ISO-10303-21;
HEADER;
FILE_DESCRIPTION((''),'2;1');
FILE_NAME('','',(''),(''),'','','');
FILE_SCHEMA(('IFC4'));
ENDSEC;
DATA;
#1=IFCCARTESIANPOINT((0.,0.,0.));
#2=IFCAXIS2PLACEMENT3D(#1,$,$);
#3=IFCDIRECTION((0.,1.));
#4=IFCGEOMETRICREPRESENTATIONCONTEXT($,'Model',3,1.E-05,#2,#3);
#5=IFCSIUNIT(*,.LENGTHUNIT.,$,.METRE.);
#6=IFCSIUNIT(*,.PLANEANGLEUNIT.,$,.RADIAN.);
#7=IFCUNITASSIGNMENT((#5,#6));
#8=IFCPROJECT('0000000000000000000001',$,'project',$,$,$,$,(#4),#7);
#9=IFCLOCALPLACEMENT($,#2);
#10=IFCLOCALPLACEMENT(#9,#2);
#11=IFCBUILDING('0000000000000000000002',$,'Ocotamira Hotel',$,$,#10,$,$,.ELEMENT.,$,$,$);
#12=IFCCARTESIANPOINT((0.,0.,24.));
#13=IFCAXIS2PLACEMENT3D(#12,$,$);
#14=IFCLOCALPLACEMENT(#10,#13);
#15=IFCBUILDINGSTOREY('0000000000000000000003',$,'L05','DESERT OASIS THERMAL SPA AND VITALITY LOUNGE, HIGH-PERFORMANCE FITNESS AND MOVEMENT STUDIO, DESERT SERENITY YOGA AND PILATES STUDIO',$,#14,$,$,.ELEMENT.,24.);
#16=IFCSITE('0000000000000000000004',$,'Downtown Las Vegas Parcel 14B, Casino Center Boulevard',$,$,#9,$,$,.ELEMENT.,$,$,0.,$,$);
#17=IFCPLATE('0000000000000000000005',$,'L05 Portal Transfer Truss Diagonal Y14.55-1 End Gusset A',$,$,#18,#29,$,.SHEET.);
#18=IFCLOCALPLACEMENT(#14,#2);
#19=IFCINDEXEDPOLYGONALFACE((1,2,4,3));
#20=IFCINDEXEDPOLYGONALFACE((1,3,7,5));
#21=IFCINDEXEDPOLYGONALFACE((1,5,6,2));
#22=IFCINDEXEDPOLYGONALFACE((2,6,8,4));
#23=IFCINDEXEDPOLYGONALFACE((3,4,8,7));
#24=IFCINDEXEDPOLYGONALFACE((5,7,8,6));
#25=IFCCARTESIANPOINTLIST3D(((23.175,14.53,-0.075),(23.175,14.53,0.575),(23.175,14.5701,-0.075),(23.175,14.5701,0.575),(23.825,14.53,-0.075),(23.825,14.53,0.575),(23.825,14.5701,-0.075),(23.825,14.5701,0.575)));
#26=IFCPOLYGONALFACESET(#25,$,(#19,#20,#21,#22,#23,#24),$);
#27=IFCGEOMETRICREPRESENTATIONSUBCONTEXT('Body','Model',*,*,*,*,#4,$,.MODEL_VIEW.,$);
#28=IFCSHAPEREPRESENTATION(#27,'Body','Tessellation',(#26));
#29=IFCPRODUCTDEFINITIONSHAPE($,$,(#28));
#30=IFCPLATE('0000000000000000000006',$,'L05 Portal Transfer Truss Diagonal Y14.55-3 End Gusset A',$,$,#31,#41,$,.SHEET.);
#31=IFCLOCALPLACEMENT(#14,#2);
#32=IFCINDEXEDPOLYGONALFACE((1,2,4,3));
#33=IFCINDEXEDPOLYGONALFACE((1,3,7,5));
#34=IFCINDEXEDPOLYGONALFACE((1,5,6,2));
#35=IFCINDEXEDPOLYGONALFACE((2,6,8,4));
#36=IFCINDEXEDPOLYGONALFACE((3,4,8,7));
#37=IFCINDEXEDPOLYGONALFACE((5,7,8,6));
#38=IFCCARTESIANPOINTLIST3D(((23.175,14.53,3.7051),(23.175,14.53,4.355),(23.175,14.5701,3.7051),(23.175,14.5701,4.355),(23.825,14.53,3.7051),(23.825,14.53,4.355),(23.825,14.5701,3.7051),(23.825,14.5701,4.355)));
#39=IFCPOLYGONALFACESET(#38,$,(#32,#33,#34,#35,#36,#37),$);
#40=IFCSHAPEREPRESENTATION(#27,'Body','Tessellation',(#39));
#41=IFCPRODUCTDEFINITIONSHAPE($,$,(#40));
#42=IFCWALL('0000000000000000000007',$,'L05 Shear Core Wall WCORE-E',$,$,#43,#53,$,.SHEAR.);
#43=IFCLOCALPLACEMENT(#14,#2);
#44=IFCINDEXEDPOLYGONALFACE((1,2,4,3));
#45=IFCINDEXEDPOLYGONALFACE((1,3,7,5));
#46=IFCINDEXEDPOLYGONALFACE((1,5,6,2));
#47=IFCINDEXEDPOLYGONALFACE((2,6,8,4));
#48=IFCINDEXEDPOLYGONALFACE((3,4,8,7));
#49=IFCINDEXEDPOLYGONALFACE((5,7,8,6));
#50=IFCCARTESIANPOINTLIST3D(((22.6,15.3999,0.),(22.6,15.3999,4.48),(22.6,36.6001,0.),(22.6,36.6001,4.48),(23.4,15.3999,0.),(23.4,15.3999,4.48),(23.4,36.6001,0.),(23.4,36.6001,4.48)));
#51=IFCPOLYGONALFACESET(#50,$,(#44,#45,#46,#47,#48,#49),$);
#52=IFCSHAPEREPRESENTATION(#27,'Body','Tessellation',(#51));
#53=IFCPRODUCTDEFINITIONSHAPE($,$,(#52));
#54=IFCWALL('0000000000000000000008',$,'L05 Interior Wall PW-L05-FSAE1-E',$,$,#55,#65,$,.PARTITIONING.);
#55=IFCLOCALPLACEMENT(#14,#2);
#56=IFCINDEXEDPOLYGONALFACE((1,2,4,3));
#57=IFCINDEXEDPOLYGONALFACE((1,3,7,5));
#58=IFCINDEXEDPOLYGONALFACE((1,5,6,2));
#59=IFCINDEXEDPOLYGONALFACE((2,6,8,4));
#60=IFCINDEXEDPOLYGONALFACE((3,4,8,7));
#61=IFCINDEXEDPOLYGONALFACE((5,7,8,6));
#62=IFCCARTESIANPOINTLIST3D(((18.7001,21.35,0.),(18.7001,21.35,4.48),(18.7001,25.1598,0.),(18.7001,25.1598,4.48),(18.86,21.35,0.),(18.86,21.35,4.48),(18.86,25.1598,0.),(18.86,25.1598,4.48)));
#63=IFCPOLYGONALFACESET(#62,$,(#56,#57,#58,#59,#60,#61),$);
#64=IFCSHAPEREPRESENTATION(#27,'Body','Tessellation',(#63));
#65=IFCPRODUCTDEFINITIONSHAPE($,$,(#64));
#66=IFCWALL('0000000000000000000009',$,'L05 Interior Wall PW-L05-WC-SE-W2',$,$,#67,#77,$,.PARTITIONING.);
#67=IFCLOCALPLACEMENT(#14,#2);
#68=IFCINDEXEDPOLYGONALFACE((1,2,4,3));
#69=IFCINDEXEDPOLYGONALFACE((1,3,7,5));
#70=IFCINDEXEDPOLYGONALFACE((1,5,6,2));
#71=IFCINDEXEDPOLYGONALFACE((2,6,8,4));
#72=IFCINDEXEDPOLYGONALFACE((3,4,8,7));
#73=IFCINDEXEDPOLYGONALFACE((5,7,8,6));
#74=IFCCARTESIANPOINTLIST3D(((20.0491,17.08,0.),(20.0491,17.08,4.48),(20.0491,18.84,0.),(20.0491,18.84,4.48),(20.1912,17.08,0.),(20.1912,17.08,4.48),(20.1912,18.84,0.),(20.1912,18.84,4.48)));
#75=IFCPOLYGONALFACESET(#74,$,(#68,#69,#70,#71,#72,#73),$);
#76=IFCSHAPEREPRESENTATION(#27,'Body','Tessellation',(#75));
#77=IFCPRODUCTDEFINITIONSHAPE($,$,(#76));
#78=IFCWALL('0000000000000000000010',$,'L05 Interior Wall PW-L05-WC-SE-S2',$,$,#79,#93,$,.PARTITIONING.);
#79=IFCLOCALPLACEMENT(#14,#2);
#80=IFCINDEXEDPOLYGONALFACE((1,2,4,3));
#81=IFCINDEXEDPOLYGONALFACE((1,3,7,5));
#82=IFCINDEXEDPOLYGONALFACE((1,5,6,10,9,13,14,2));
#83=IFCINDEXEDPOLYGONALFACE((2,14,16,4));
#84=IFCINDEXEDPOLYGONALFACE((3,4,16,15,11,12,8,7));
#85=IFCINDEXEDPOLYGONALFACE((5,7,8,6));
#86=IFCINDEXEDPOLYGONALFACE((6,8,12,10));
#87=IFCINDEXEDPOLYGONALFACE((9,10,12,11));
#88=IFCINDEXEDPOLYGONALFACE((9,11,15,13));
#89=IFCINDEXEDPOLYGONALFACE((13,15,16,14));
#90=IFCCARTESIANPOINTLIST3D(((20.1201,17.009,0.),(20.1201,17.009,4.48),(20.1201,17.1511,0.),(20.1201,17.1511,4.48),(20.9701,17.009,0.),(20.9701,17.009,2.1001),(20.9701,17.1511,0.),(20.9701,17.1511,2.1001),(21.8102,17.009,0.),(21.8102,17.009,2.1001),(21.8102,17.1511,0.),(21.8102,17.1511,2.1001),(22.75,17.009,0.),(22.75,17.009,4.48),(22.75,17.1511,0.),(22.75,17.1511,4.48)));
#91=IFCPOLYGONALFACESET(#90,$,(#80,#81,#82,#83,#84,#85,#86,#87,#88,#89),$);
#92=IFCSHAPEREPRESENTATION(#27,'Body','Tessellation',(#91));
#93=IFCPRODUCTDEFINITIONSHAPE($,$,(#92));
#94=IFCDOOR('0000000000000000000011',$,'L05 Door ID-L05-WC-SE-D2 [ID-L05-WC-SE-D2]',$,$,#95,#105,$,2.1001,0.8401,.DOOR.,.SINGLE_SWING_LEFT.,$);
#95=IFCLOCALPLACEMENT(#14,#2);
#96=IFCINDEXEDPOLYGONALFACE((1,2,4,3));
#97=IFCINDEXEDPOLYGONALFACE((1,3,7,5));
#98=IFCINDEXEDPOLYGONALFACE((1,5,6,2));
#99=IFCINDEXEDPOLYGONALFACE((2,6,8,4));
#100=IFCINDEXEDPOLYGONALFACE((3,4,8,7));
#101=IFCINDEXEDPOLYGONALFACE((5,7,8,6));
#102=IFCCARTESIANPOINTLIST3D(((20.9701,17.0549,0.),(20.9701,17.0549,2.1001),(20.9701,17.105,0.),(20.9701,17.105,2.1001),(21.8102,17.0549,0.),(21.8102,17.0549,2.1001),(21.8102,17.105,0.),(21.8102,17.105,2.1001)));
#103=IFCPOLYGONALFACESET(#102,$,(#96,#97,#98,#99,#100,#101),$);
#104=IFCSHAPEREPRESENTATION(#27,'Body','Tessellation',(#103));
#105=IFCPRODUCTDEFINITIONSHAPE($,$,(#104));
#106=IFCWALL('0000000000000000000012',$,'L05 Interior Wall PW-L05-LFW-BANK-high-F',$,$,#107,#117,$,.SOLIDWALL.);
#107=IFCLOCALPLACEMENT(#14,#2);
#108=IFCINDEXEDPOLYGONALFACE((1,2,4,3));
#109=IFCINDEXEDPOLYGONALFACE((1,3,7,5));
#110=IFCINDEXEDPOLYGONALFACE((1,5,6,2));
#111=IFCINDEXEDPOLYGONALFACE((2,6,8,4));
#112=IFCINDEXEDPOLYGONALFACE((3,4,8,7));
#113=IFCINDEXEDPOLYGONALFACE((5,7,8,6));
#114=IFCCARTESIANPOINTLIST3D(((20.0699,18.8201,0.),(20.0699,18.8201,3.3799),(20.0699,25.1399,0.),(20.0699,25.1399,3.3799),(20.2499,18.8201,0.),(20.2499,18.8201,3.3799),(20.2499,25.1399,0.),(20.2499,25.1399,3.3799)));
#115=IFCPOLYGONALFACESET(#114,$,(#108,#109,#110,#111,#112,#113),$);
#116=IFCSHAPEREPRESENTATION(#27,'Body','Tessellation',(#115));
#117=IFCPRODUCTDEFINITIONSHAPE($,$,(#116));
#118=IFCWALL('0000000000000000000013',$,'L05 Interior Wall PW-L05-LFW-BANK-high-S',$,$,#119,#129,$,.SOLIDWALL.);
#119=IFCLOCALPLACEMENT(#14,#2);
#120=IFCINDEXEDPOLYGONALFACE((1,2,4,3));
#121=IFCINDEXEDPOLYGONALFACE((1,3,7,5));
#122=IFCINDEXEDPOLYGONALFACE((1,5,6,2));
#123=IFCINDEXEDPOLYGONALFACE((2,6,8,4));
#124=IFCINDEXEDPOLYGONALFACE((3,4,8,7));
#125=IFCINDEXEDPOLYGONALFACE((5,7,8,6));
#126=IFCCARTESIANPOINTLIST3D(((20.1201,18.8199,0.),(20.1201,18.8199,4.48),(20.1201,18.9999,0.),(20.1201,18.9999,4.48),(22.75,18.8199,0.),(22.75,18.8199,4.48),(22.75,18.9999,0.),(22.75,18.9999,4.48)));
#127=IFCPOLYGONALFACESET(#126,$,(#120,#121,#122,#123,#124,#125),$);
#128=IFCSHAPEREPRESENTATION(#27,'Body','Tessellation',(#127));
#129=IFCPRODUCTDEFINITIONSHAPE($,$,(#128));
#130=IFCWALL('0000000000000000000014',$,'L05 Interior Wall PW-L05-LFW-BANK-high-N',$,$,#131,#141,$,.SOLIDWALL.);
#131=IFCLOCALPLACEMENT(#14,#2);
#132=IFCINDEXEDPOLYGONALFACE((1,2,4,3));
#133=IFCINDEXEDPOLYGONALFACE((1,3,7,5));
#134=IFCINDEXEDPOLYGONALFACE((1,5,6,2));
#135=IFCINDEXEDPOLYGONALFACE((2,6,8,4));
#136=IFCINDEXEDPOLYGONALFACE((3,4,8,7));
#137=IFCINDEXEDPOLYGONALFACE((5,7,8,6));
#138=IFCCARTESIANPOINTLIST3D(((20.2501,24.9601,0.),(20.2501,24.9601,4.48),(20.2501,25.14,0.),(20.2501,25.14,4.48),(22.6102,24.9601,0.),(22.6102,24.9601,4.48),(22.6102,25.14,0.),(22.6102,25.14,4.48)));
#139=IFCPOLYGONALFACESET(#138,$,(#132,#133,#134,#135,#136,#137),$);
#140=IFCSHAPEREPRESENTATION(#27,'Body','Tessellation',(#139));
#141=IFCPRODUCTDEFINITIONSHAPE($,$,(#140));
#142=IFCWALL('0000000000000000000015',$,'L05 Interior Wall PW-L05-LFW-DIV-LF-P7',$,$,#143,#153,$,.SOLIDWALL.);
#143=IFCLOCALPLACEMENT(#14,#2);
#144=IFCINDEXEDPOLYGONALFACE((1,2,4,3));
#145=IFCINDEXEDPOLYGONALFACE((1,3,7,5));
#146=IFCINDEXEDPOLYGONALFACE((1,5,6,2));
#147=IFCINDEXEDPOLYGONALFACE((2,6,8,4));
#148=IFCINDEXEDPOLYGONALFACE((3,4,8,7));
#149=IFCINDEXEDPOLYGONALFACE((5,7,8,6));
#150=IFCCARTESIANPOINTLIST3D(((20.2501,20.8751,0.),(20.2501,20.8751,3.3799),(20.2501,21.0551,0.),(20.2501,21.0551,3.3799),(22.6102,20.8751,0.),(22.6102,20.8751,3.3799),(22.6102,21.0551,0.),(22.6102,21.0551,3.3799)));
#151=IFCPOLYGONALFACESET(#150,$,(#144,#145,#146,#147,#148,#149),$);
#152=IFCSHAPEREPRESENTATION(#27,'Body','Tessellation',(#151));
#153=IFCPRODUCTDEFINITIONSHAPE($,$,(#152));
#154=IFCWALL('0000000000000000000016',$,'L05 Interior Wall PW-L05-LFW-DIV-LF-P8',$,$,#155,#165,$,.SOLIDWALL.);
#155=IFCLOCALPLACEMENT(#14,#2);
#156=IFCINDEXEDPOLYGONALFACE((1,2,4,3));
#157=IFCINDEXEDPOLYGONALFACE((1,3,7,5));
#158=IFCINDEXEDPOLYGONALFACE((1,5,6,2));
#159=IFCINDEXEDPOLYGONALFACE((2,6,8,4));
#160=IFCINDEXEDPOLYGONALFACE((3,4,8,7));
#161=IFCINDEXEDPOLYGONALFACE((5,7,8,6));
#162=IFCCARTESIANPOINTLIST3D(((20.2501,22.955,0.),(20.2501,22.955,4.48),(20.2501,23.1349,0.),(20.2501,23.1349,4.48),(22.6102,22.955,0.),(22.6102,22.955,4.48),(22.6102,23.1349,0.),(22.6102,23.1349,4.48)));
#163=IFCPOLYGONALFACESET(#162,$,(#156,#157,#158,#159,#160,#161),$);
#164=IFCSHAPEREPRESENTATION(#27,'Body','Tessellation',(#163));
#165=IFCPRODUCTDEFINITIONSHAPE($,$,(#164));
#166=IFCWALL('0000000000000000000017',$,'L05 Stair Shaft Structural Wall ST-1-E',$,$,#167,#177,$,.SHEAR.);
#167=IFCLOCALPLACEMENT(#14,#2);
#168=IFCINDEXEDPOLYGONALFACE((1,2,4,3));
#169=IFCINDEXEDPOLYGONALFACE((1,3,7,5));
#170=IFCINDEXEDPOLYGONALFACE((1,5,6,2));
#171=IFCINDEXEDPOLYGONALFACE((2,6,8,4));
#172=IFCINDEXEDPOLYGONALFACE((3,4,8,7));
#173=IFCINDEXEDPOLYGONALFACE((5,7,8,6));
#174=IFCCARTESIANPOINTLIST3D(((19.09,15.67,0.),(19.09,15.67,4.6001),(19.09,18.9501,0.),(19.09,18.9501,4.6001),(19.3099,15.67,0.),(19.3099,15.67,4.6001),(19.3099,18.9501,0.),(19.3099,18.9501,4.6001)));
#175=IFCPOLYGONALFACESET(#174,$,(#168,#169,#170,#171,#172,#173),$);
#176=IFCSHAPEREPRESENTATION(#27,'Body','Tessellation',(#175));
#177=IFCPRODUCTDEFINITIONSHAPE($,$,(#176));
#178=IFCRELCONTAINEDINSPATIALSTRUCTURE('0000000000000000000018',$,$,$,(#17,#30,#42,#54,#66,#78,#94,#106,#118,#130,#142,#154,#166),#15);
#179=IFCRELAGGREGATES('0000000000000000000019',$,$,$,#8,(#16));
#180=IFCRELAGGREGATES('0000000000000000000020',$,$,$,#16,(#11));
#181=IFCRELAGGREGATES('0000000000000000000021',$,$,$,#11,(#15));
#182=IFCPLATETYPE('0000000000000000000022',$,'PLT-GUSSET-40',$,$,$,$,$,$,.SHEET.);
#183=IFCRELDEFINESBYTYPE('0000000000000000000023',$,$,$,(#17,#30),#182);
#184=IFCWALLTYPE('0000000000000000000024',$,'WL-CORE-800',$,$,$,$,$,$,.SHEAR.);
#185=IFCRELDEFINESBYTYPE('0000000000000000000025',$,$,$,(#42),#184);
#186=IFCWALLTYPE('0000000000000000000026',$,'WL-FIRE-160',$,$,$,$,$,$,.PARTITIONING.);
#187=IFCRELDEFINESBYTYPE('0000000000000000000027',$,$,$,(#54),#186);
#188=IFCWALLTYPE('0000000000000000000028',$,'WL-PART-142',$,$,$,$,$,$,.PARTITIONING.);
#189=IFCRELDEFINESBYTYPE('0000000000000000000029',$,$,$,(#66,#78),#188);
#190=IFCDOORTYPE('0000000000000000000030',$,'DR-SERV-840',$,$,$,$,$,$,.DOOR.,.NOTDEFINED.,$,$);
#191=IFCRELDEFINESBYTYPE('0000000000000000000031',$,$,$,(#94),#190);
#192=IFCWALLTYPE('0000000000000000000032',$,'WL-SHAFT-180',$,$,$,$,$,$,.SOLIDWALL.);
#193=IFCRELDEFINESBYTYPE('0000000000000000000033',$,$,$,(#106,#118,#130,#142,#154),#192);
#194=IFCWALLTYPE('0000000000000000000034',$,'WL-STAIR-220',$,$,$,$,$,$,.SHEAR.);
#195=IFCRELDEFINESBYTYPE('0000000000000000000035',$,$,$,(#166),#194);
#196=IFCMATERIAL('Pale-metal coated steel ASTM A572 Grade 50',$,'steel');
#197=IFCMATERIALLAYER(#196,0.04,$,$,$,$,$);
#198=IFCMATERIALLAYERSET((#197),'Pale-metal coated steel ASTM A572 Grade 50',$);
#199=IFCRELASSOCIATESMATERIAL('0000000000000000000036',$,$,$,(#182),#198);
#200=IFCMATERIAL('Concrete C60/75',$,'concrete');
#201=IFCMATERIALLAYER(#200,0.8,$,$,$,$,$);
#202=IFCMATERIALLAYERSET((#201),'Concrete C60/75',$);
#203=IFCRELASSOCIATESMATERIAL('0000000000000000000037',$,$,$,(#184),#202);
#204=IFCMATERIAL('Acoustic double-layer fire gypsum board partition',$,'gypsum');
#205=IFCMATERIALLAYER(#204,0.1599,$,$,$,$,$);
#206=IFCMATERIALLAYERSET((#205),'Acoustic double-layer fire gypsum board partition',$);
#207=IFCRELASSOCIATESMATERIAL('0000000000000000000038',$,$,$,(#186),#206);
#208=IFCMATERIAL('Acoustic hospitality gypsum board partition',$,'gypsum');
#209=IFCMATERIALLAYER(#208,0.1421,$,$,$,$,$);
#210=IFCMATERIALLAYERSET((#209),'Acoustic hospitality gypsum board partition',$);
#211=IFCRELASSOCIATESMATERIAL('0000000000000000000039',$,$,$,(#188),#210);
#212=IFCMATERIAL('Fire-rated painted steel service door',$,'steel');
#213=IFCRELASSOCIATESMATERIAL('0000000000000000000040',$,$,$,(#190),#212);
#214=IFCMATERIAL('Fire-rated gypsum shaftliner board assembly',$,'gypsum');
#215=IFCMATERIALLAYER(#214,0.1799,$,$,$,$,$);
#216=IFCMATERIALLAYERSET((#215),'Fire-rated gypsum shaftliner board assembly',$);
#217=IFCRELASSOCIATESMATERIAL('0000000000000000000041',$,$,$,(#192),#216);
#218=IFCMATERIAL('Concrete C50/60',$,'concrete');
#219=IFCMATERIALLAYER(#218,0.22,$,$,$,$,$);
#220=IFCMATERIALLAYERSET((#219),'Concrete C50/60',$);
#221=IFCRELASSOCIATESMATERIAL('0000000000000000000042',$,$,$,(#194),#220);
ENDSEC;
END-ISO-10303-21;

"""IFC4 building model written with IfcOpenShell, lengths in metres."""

from ifc_helpers import new_model, si_unit, direction, frame, frame_2d, origin, origin_2d, place, context, subcontext, project, spatial, rectangle, extrude, source, transform, mapped, material, layer, layer_set, type_object, element, fill, save


model = new_model("IFC4")

# Units and contexts
model_context = context("Model", 3, precision=1e-05, world=origin(), true_north=direction((0.0, 1.0)))
body_context = subcontext(model_context, "Body", "Model", "MODEL_VIEW")
ifc_project = project(units=[si_unit("LENGTHUNIT", "METRE"), si_unit("PLANEANGLEUNIT", "RADIAN")], contexts=[model_context])

# Site, building, storey
site_placement = place(None, origin())
site = spatial("IfcSite", under=ifc_project, at=site_placement, Name="Downtown Las Vegas Parcel 14B, Casino Center Boulevard", CompositionType="ELEMENT", RefElevation=0.0)
building_placement = place(site_placement, origin())
building = spatial("IfcBuilding", under=site, at=building_placement, Name="Ocotamira Hotel", CompositionType="ELEMENT")
storey_placement = place(building_placement, frame((0.0, 0.0, 24.0)))
storey = spatial("IfcBuildingStorey", under=building, at=storey_placement, Name="L05", Description="DESERT OASIS THERMAL SPA AND VITALITY LOUNGE, HIGH-PERFORMANCE FITNESS AND MOVEMENT STUDIO, DESERT SERENITY YOGA AND PILATES STUDIO", CompositionType="ELEMENT", Elevation=24.0)

# Shared definitions
ifc_material_1 = material(Name="Concrete C60/75", Category="concrete")

# Plates
ifc_material_2 = material(Name="Pale-metal coated steel ASTM A572 Grade 50", Category="steel")
ifc_layer_1 = layer(ifc_material_2, 0.04)
ifc_layer_set_1 = layer_set([ifc_layer_1], Name="Pale-metal coated steel ASTM A572 Grade 50")
plate_type = type_object("IfcPlateType", Name="PLT-GUSSET-40", PredefinedType="SHEET", material=ifc_layer_set_1)
shared_shape_1 = source(origin(), body_context, "Body", "SweptSolid", [
    extrude(rectangle(XDim=0.6499, YDim=0.04, at=origin_2d()), origin(), (0.0, 0.0, 1.0), 0.6499),
])
for number, where, z_axis, x_axis, name in (
    (1, (23.5, 14.55, -0.075), (0.0, 0.0, 1.0), (1.0, 0.0, 0.0), "L05 Portal Transfer Truss Diagonal Y14.55-1 End Gusset A"),
    (2, (23.5, 14.55, 3.7051), (0.0, 0.0, 1.0), (1.0, 0.0, 0.0), "L05 Portal Transfer Truss Diagonal Y14.55-3 End Gusset A"),
):
    element("IfcPlate", number, at=place(storey_placement, frame(where, z_axis=z_axis, x_axis=x_axis)), inside=storey, type_object=plate_type, Name=name, PredefinedType="SHEET", context=body_context, shape_type="MappedRepresentation", body=[
        mapped(shared_shape_1, transform((0.0, 0.0, 0.0), scale=1.0)),
    ])

# Walls
ifc_layer_2 = layer(ifc_material_1, 0.8)
ifc_layer_set_2 = layer_set([ifc_layer_2], Name="Concrete C60/75")
wall_type_1 = type_object("IfcWallType", Name="WL-CORE-800", PredefinedType="SHEAR", material=ifc_layer_set_2)
wall_1_placement = place(storey_placement, frame((23.0, 15.3999, 0.0), z_axis=(0.0, 0.0, 1.0), x_axis=(0.0, 1.0, 0.0)))
element("IfcWall", 3, at=wall_1_placement, inside=storey, type_object=wall_type_1, Name="L05 Shear Core Wall WCORE-E", PredefinedType="SHEAR", context=body_context, shape_type="SweptSolid", body=[
    extrude(rectangle(XDim=21.2002, YDim=0.8, at=frame_2d((10.6001, 0.0))), origin(), (0.0, 0.0, 1.0), 4.48),
])
ifc_material_3 = material(Name="Acoustic double-layer fire gypsum board partition", Category="gypsum")
ifc_layer_3 = layer(ifc_material_3, 0.1599)
ifc_layer_set_3 = layer_set([ifc_layer_3], Name="Acoustic double-layer fire gypsum board partition")
wall_type_2 = type_object("IfcWallType", Name="WL-FIRE-160", PredefinedType="PARTITIONING", material=ifc_layer_set_3)
wall_2_placement = place(storey_placement, frame((18.78, 21.3501, 0.0), z_axis=(0.0, 0.0, 1.0), x_axis=(0.0, 1.0, 0.0)))
element("IfcWall", 4, at=wall_2_placement, inside=storey, type_object=wall_type_2, Name="L05 Interior Wall PW-L05-FSAE1-E", PredefinedType="PARTITIONING", context=body_context, shape_type="SweptSolid", body=[
    extrude(rectangle(XDim=3.8098, YDim=0.1599, at=frame_2d((1.9048, 0.0))), origin(), (0.0, 0.0, 1.0), 4.48),
])
ifc_material_4 = material(Name="Acoustic hospitality gypsum board partition", Category="gypsum")
ifc_layer_4 = layer(ifc_material_4, 0.1421)
ifc_layer_set_4 = layer_set([ifc_layer_4], Name="Acoustic hospitality gypsum board partition")
wall_type_3 = type_object("IfcWallType", Name="WL-PART-142", PredefinedType="PARTITIONING", material=ifc_layer_set_4)
wall_3_placement = place(storey_placement, frame((20.1201, 17.0801, 0.0), z_axis=(0.0, 0.0, 1.0), x_axis=(0.0, 1.0, 0.0)))
element("IfcWall", 5, at=wall_3_placement, inside=storey, type_object=wall_type_3, Name="L05 Interior Wall PW-L05-WC-SE-W2", PredefinedType="PARTITIONING", context=body_context, shape_type="SweptSolid", body=[
    extrude(rectangle(XDim=1.76, YDim=0.1421, at=frame_2d((0.8799, 0.0))), origin(), (0.0, 0.0, 1.0), 4.48),
])

# Wall, opening, door
wall_4_placement = place(storey_placement, frame((20.1201, 17.0801, 0.0), z_axis=(0.0, 0.0, 1.0), x_axis=(1.0, 0.0, 0.0)))
wall_4 = element("IfcWall", 6, at=wall_4_placement, inside=storey, type_object=wall_type_3, Name="L05 Interior Wall PW-L05-WC-SE-S2", PredefinedType="PARTITIONING", context=body_context, shape_type="SweptSolid", body=[
    extrude(rectangle(XDim=2.6299, YDim=0.1421, at=frame_2d((1.3149, 0.0))), origin(), (0.0, 0.0, 1.0), 4.48),
])
opening_placement = place(wall_4_placement, frame((0.8501, 0.0, 0.0)))
opening = element("IfcOpeningElement", 7, at=opening_placement, cuts=wall_4, PredefinedType="OPENING", context=body_context, shape_type="SweptSolid", body=[
    extrude(rectangle(XDim=0.8401, YDim=2.1001, at=frame_2d((0.4199, 1.05))), frame((0.0, 0.0811, 0.0), z_axis=(0.0, -1.0, 0.0), x_axis=(1.0, 0.0, 0.0)), (0.0, 0.0, 1.0), 0.1621),
])
ifc_material_5 = material(Name="Fire-rated painted steel service door", Category="steel")
door_type = type_object("IfcDoorType", Name="DR-SERV-840", OperationType="NOTDEFINED", PredefinedType="DOOR", material=ifc_material_5)
shared_shape_2 = source(origin(), body_context, "Body", "SweptSolid", [
    extrude(rectangle(XDim=0.8401, YDim=2.1001, at=frame_2d((0.4199, 1.05))), frame((0.0, 0.0249, 0.0), z_axis=(0.0, -1.0, 0.0), x_axis=(1.0, 0.0, 0.0)), (0.0, 0.0, 1.0), 0.05),
])
door_placement = place(opening_placement, origin())
door = element("IfcDoor", 8, at=door_placement, inside=storey, type_object=door_type, Name="L05 Door ID-L05-WC-SE-D2 [ID-L05-WC-SE-D2]", OperationType="SINGLE_SWING_LEFT", OverallHeight=2.1001, OverallWidth=0.8401, PredefinedType="DOOR", context=body_context, shape_type="MappedRepresentation", body=[
    mapped(shared_shape_2, transform((0.0, 0.0, 0.0), scale=1.0)),
])
fill(opening, door)

# Walls
ifc_material_6 = material(Name="Fire-rated gypsum shaftliner board assembly", Category="gypsum")
ifc_layer_5 = layer(ifc_material_6, 0.1799)
ifc_layer_set_5 = layer_set([ifc_layer_5], Name="Fire-rated gypsum shaftliner board assembly")
wall_type_4 = type_object("IfcWallType", Name="WL-SHAFT-180", PredefinedType="SOLIDWALL", material=ifc_layer_set_5)
wall_5_placement = place(storey_placement, frame((20.1599, 18.8201, 0.0), z_axis=(0.0, 0.0, 1.0), x_axis=(0.0, 1.0, 0.0)))
element("IfcWall", 9, at=wall_5_placement, inside=storey, type_object=wall_type_4, Name="L05 Interior Wall PW-L05-LFW-BANK-high-F", PredefinedType="SOLIDWALL", context=body_context, shape_type="SweptSolid", body=[
    extrude(rectangle(XDim=6.3198, YDim=0.1799, at=frame_2d((3.1599, 0.0))), origin(), (0.0, 0.0, 1.0), 3.3799),
])
wall_6_placement = place(storey_placement, frame((20.1201, 18.9099, 0.0), z_axis=(0.0, 0.0, 1.0), x_axis=(1.0, 0.0, 0.0)))
element("IfcWall", 10, at=wall_6_placement, inside=storey, type_object=wall_type_4, Name="L05 Interior Wall PW-L05-LFW-BANK-high-S", PredefinedType="SOLIDWALL", context=body_context, shape_type="SweptSolid", body=[
    extrude(rectangle(XDim=2.6299, YDim=0.1799, at=frame_2d((1.3149, 0.0))), origin(), (0.0, 0.0, 1.0), 4.48),
])
wall_7_placement = place(storey_placement, frame((20.25, 25.05, 0.0), z_axis=(0.0, 0.0, 1.0), x_axis=(1.0, 0.0, 0.0)))
element("IfcWall", 11, at=wall_7_placement, inside=storey, type_object=wall_type_4, Name="L05 Interior Wall PW-L05-LFW-BANK-high-N", PredefinedType="SOLIDWALL", context=body_context, shape_type="SweptSolid", body=[
    extrude(rectangle(XDim=2.3601, YDim=0.1799, at=frame_2d((1.1802, 0.0))), origin(), (0.0, 0.0, 1.0), 4.48),
])
wall_8_placement = place(storey_placement, frame((20.25, 20.9651, 0.0), z_axis=(0.0, 0.0, 1.0), x_axis=(1.0, 0.0, 0.0)))
element("IfcWall", 12, at=wall_8_placement, inside=storey, type_object=wall_type_4, Name="L05 Interior Wall PW-L05-LFW-DIV-LF-P7", PredefinedType="SOLIDWALL", context=body_context, shape_type="SweptSolid", body=[
    extrude(rectangle(XDim=2.3601, YDim=0.1799, at=frame_2d((1.1802, 0.0))), origin(), (0.0, 0.0, 1.0), 3.3799),
])
wall_9_placement = place(storey_placement, frame((20.25, 23.0449, 0.0), z_axis=(0.0, 0.0, 1.0), x_axis=(1.0, 0.0, 0.0)))
element("IfcWall", 13, at=wall_9_placement, inside=storey, type_object=wall_type_4, Name="L05 Interior Wall PW-L05-LFW-DIV-LF-P8", PredefinedType="SOLIDWALL", context=body_context, shape_type="SweptSolid", body=[
    extrude(rectangle(XDim=2.3601, YDim=0.1799, at=frame_2d((1.1802, 0.0))), origin(), (0.0, 0.0, 1.0), 4.48),
])
ifc_material_7 = material(Name="Concrete C50/60", Category="concrete")
ifc_layer_6 = layer(ifc_material_7, 0.22)
ifc_layer_set_6 = layer_set([ifc_layer_6], Name="Concrete C50/60")
wall_type_5 = type_object("IfcWallType", Name="WL-STAIR-220", PredefinedType="SHEAR", material=ifc_layer_set_6)
for number, where, z_axis, x_axis, name in (
    (14, (19.2, 15.6699, 0.0), (0.0, 0.0, 1.0), (0.0, 1.0, 0.0), "L05 Stair Shaft Structural Wall ST-1-E"),
):
    element("IfcWall", number, at=place(storey_placement, frame(where, z_axis=z_axis, x_axis=x_axis)), inside=storey, type_object=wall_type_5, Name=name, PredefinedType="SHEAR", context=body_context, shape_type="SweptSolid", body=[
        extrude(rectangle(XDim=3.28, YDim=0.22, at=frame_2d((1.6401, 0.0))), origin(), (0.0, 0.0, 1.0), 4.6001),
    ])

save(model, "model.ifc")
